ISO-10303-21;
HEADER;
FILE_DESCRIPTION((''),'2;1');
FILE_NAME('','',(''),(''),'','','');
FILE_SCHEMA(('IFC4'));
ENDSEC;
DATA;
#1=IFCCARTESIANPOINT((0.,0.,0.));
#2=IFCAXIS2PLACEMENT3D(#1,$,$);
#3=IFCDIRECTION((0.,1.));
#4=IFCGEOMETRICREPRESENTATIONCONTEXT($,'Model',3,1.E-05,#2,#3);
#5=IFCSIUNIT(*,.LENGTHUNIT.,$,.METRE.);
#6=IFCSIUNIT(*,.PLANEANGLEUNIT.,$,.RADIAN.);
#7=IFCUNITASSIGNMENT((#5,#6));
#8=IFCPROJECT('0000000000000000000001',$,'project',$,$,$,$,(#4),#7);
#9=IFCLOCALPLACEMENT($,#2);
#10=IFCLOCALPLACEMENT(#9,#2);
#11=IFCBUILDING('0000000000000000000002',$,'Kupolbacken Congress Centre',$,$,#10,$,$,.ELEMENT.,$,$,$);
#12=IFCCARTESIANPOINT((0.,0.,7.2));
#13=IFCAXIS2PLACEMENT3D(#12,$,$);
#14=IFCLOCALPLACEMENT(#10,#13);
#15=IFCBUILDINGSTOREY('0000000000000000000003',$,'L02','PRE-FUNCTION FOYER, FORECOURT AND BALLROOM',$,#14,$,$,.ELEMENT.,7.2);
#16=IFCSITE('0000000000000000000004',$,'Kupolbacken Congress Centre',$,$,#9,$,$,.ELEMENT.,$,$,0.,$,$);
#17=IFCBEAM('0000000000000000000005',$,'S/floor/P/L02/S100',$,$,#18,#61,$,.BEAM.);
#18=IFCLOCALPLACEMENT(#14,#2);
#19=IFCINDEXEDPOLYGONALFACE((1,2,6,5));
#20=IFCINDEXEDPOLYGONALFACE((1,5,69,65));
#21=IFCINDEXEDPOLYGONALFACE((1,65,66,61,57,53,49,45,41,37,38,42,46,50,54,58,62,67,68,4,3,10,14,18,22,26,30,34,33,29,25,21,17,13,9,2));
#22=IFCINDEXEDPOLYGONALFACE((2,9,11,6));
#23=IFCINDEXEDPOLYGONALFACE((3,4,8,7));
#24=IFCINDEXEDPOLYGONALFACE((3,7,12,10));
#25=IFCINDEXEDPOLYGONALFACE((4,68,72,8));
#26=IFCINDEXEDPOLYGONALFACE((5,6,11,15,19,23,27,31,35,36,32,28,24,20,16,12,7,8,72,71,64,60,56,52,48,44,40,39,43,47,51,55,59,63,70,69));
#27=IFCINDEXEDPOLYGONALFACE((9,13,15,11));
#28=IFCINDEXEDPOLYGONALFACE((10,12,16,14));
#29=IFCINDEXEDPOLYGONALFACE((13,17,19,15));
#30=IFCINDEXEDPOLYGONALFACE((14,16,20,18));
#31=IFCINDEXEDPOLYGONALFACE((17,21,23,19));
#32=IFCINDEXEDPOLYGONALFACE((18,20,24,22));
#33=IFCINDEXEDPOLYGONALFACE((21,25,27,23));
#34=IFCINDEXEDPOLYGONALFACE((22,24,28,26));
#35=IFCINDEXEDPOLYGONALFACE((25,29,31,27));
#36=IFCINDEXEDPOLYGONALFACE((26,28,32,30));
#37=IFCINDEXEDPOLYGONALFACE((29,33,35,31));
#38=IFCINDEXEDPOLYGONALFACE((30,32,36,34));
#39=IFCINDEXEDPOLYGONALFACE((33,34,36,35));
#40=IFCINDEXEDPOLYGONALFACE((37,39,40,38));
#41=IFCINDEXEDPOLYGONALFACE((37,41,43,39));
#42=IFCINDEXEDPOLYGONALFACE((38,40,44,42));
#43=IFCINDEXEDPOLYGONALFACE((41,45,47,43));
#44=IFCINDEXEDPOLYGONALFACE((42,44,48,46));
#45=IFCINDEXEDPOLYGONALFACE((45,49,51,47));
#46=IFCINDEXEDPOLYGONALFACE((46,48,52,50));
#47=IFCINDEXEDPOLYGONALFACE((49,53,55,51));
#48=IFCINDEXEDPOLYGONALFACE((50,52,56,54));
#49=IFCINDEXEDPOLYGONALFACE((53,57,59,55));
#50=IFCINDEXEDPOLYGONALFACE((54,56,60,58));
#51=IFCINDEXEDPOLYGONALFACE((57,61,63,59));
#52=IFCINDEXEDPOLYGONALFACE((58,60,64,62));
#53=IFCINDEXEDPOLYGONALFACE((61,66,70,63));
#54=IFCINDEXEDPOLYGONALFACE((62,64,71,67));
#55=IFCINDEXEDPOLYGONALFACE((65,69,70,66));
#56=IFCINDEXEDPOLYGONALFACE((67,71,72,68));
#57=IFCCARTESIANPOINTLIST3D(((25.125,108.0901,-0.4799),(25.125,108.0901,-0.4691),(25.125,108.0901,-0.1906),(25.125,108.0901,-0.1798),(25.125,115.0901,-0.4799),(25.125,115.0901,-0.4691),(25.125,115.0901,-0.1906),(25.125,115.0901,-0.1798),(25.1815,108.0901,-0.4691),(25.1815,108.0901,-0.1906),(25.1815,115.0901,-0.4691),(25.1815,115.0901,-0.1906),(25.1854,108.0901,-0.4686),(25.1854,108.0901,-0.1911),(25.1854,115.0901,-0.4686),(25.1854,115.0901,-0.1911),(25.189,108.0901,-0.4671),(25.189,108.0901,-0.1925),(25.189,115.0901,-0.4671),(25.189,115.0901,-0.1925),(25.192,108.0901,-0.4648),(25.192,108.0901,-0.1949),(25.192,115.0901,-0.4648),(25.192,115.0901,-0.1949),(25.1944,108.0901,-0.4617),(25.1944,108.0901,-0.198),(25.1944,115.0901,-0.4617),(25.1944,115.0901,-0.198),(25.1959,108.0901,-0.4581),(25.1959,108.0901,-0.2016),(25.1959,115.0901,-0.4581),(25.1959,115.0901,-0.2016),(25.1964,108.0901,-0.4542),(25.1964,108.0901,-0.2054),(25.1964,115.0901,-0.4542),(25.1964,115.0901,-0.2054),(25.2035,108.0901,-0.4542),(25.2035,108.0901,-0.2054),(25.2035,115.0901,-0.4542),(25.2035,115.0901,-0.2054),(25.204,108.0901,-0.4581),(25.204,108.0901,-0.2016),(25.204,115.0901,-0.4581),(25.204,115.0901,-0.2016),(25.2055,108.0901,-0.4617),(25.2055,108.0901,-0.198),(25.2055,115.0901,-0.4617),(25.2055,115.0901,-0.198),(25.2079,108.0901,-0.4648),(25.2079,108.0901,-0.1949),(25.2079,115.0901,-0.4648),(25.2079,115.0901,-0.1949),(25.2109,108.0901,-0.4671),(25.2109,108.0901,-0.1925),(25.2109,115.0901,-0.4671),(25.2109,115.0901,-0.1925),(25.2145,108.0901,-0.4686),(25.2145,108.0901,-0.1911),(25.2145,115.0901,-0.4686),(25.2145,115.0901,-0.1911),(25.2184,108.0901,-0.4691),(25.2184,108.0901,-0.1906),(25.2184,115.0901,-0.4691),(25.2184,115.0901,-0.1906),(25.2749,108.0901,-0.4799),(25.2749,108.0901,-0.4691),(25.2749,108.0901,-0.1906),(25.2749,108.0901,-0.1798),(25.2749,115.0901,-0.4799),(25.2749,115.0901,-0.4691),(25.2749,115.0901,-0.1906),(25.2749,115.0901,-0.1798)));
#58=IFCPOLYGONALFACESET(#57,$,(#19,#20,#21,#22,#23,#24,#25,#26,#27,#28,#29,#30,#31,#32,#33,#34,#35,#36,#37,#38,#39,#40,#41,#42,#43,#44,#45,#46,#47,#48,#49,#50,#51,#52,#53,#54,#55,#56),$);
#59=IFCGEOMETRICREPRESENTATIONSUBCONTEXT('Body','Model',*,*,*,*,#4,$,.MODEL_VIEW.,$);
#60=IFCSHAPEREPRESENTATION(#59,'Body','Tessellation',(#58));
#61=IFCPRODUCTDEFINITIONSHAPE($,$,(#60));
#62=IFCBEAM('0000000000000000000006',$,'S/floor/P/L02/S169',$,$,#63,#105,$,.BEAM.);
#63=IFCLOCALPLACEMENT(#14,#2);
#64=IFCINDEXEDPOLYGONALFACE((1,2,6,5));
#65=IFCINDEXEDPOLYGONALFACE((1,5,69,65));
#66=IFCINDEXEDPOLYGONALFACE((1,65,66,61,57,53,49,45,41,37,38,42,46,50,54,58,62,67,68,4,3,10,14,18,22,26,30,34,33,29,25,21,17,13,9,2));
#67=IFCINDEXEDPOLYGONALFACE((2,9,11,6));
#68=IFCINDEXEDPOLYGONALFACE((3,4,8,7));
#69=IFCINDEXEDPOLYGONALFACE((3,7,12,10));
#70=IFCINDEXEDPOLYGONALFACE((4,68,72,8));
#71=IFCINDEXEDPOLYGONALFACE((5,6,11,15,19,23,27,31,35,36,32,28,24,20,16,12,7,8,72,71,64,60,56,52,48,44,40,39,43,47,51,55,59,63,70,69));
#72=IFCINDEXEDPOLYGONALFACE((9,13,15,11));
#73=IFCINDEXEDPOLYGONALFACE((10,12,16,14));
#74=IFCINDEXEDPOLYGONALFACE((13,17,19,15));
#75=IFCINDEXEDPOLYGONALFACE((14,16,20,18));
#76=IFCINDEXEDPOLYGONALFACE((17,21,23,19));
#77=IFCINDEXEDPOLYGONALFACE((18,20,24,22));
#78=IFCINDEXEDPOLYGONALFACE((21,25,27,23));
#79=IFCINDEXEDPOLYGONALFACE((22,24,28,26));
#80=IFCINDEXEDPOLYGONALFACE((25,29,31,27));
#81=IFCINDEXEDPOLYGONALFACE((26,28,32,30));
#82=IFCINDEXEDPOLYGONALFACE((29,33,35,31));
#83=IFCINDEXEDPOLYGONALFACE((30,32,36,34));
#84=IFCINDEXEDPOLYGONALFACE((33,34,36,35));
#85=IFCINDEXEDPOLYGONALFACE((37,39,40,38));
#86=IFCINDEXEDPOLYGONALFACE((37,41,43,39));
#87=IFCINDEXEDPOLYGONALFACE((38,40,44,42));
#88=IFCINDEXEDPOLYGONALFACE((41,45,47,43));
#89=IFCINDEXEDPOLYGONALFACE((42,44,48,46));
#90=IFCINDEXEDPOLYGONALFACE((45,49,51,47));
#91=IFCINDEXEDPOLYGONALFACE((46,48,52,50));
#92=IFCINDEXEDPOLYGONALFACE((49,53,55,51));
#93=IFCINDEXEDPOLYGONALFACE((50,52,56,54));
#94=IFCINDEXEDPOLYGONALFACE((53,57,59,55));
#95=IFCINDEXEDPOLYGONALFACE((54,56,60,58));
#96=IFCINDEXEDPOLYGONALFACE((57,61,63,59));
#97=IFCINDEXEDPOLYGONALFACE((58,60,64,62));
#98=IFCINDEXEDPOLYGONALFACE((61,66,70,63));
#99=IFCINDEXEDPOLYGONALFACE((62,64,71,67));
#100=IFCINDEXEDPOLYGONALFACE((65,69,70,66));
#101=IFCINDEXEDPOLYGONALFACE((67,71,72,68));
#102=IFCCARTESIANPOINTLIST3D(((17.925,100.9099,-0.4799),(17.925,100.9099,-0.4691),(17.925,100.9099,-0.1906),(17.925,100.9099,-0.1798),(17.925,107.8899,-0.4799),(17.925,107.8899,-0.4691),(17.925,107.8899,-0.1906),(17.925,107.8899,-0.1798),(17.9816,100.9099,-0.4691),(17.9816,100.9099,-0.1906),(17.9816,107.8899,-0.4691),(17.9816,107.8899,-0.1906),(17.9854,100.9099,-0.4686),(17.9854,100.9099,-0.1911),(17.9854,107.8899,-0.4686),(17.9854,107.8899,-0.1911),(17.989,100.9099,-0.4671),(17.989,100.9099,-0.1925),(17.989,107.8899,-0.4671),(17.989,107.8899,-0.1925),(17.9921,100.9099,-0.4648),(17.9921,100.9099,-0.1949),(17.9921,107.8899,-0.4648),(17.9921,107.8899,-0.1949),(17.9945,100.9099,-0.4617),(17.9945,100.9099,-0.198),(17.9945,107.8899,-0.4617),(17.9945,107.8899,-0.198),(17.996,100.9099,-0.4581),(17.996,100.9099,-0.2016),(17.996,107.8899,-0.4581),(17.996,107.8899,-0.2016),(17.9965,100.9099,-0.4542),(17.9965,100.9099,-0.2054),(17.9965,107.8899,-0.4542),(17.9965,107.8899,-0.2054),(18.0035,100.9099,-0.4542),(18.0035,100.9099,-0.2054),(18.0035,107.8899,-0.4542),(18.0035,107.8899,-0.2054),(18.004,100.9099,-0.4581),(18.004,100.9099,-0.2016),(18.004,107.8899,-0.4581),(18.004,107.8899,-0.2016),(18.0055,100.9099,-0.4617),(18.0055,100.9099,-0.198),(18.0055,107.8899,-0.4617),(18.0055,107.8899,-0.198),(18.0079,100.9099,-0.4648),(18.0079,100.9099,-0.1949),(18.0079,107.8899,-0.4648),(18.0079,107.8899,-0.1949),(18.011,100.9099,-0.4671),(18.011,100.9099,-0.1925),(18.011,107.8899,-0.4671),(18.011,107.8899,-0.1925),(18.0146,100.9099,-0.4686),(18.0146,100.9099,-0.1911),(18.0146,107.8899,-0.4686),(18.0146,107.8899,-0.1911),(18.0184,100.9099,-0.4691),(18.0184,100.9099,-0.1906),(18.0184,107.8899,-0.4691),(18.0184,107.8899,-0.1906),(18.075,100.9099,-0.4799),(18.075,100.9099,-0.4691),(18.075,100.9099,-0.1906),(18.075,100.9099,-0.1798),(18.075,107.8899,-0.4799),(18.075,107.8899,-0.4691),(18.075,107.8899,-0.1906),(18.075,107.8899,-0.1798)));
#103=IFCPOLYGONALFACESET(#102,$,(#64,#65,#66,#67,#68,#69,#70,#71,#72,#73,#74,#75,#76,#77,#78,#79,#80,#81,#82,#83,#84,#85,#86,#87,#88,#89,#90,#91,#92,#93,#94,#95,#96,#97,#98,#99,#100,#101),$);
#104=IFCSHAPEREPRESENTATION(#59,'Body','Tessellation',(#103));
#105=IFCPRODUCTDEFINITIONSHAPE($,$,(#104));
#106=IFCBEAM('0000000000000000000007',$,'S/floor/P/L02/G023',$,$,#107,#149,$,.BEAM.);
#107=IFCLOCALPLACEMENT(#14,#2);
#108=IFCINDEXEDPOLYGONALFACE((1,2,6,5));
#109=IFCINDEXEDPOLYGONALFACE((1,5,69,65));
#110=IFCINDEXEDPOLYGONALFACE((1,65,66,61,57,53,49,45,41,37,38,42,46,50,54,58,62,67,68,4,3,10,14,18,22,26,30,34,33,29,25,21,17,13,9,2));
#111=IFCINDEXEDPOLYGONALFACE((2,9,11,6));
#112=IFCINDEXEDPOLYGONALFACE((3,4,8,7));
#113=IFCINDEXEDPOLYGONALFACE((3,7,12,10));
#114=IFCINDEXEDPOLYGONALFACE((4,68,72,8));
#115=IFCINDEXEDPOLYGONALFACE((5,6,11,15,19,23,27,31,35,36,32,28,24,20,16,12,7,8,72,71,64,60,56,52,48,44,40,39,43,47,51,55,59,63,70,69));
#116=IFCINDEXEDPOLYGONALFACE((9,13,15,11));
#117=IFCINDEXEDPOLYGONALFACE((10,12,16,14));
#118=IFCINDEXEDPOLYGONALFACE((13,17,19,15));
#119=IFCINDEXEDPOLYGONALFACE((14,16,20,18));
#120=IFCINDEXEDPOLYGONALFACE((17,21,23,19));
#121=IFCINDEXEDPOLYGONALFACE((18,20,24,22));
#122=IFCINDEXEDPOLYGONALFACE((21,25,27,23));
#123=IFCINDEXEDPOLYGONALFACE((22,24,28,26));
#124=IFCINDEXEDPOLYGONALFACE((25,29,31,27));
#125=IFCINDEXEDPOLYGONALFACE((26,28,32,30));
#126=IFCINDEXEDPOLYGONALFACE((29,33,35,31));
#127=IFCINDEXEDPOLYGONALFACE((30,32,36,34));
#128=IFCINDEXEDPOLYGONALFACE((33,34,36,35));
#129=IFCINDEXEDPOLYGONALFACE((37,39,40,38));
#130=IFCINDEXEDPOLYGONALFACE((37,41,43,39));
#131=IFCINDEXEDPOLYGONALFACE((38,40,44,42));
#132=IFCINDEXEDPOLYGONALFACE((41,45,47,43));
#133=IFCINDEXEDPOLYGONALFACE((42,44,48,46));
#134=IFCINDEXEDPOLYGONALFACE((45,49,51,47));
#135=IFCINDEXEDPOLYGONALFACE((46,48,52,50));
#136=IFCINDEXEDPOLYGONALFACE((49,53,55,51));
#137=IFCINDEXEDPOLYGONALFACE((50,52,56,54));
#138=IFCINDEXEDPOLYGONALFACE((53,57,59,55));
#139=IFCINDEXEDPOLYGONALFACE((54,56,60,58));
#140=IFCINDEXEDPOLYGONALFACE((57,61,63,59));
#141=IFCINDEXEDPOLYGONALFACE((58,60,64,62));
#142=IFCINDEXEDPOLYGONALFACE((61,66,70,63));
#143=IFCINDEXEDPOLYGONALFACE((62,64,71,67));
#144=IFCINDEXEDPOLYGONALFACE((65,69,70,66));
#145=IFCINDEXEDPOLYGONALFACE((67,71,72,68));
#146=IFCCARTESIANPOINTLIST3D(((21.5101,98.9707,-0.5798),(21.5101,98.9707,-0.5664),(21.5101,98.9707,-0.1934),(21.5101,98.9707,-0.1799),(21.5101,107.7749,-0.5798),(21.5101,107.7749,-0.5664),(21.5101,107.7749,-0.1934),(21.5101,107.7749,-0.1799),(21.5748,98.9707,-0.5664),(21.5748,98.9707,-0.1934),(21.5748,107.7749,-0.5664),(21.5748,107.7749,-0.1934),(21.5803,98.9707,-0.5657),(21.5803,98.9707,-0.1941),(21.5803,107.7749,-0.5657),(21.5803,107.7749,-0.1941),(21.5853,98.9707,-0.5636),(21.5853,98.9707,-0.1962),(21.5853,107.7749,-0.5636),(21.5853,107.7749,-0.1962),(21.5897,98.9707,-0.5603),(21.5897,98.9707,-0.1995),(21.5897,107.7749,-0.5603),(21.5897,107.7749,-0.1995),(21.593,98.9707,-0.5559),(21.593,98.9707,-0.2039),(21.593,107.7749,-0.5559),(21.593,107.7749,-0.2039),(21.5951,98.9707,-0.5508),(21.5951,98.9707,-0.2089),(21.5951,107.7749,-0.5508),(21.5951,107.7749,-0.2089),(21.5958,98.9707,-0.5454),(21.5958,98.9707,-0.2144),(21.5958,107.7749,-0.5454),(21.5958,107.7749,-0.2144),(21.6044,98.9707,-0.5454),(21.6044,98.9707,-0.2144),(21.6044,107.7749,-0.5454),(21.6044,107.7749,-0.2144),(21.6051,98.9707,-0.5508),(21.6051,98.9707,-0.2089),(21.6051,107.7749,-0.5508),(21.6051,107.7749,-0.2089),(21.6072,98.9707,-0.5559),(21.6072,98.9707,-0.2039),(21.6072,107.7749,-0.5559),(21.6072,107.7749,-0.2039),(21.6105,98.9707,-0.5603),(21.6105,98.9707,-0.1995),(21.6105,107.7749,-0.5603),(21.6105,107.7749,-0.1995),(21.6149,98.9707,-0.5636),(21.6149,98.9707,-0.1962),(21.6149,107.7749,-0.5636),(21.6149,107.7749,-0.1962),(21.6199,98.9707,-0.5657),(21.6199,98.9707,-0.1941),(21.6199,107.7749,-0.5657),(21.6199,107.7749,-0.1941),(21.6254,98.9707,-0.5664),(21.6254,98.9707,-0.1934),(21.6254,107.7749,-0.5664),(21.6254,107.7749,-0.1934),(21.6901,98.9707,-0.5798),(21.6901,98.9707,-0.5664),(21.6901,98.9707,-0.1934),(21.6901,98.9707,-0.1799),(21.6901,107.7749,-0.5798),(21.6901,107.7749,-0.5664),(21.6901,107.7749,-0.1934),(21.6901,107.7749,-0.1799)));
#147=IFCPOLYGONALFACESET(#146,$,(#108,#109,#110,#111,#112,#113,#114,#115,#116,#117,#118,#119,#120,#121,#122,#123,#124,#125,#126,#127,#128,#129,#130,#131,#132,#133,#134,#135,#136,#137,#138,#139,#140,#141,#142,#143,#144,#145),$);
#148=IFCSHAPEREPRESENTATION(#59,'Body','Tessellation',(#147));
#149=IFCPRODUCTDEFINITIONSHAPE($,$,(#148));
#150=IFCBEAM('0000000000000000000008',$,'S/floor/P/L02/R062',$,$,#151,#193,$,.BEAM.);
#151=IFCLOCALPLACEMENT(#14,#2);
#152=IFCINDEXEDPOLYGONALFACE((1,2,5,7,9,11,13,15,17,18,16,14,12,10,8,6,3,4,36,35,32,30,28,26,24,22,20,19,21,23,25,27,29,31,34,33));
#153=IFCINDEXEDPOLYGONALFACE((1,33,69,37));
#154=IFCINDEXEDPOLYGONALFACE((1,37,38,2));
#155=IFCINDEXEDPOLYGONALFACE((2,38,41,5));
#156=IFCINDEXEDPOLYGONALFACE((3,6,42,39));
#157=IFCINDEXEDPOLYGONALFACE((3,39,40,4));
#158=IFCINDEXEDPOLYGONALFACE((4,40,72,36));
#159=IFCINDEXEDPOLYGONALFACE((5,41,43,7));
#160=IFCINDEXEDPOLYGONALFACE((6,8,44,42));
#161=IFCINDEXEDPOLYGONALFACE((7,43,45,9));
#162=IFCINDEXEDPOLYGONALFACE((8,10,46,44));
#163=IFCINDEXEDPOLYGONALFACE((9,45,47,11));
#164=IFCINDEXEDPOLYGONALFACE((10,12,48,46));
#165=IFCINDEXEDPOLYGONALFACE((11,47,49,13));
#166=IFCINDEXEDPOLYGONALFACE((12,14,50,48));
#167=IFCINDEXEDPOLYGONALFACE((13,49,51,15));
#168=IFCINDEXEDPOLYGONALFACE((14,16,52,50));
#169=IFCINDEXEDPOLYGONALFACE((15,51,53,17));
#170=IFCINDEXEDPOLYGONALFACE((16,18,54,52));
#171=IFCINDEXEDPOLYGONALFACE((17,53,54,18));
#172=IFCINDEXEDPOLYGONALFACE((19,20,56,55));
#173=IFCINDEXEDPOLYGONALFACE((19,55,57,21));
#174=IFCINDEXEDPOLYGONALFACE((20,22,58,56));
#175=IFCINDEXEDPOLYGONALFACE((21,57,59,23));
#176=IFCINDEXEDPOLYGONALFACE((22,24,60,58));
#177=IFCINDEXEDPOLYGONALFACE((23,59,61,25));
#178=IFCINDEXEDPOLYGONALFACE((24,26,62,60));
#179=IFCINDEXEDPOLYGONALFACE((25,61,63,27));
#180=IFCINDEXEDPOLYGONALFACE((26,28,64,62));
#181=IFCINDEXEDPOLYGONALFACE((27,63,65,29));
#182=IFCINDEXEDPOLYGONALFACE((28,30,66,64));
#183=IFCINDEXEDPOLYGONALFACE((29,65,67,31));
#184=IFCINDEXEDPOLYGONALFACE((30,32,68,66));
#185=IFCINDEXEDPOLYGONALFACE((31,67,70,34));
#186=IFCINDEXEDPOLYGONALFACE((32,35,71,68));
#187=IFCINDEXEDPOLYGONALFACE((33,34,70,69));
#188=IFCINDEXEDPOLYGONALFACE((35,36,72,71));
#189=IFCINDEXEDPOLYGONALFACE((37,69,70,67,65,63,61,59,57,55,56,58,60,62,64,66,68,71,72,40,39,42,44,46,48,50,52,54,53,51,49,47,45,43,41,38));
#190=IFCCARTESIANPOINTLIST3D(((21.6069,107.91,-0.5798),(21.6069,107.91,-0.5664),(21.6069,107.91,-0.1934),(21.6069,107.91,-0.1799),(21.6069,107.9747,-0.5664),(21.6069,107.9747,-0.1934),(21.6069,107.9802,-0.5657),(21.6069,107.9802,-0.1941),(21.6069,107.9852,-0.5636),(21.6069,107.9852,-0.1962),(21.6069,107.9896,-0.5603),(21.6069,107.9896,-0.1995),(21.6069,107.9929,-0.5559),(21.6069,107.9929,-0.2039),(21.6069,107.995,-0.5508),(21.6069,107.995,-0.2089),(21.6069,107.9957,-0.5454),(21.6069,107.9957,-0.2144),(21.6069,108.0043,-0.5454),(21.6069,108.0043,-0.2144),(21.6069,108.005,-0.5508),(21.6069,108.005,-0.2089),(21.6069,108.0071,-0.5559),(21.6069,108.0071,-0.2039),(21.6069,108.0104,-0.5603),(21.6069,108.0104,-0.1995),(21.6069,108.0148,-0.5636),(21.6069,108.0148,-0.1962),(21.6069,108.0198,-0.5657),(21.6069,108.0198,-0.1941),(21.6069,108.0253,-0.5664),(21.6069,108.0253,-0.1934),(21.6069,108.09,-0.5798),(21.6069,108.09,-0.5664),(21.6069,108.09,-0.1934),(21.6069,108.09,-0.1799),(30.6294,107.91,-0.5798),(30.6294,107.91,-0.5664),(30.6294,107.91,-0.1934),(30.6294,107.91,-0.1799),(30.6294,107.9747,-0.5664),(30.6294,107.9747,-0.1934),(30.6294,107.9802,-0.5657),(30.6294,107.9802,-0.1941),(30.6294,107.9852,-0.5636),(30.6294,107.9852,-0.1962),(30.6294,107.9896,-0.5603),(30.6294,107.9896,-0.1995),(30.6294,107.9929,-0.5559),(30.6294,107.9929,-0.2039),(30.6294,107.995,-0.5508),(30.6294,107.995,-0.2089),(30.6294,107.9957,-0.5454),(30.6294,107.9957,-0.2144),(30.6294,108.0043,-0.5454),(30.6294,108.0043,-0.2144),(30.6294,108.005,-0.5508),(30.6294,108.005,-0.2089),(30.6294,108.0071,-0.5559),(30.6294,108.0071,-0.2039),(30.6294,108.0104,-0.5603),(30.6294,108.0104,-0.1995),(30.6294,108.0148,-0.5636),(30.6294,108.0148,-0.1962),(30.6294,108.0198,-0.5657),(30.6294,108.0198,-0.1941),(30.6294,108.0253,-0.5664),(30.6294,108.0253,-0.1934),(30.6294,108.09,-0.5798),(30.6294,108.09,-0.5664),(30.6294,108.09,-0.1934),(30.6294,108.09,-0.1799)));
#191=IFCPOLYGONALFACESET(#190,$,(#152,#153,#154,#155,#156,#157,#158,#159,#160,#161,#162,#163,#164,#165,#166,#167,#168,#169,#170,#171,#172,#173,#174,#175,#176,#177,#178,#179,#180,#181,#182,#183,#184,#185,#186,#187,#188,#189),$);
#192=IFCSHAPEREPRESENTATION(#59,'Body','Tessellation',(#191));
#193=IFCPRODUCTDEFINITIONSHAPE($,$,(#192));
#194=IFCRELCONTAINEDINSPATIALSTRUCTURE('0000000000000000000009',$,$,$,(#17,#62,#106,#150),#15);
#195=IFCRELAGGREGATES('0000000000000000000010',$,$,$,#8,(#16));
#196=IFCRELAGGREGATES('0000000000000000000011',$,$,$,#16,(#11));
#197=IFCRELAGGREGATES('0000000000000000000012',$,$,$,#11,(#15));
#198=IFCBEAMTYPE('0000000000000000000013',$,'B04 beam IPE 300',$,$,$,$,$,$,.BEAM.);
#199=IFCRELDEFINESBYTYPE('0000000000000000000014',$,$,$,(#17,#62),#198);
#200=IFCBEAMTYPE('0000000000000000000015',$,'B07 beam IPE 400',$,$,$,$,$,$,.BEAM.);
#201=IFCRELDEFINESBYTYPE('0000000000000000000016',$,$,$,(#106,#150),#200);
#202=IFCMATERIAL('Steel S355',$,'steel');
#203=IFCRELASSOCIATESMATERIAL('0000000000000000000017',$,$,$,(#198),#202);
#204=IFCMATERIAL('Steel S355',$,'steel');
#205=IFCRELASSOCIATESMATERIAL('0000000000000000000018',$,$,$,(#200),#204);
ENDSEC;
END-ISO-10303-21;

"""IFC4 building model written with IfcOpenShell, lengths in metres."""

from ifc_helpers import new_model, si_unit, direction, frame, origin, origin_2d, place, context, subcontext, project, spatial, i_section, extrude, material, material_profile, profile_set, type_object, element, save


model = new_model("IFC4")

# Units and contexts
model_context = context("Model", 3, precision=1e-05, world=origin(), true_north=direction((0.0, 1.0)))
body_context = subcontext(model_context, "Body", "Model", "MODEL_VIEW")
ifc_project = project(units=[si_unit("LENGTHUNIT", "METRE"), si_unit("PLANEANGLEUNIT", "RADIAN")], contexts=[model_context])

# Site, building, storey
site_placement = place(None, origin())
site = spatial("IfcSite", under=ifc_project, at=site_placement, Name="Kupolbacken Congress Centre", CompositionType="ELEMENT", RefElevation=0.0)
building_placement = place(site_placement, origin())
building = spatial("IfcBuilding", under=site, at=building_placement, Name="Kupolbacken Congress Centre", CompositionType="ELEMENT")
storey_placement = place(building_placement, frame((0.0, 0.0, 7.2)))
storey = spatial("IfcBuildingStorey", under=building, at=storey_placement, Name="L02", Description="PRE-FUNCTION FOYER, FORECOURT AND BALLROOM", CompositionType="ELEMENT", Elevation=7.2)

# Beams
ifc_material_1 = material(Name="Steel S355", Category="steel")
ifc_material_profile_1 = material_profile(ifc_material_1, i_section(OverallWidth=0.1499, OverallDepth=0.3, WebThickness=0.0071, FlangeThickness=0.0107, FilletRadius=0.0149, at=origin_2d()), Name="IPE 300")
ifc_profile_set_1 = profile_set([ifc_material_profile_1], Name="Steel S355")
beam_type_1 = type_object("IfcBeamType", Name="B04 beam IPE 300", PredefinedType="BEAM", material=ifc_profile_set_1)
beam_1_placement = place(storey_placement, frame((25.2, 108.0901, -0.3298), z_axis=(0.0, 1.0, 0.0), x_axis=(-1.0, 0.0, 0.0)))
element("IfcBeam", 1, at=beam_1_placement, inside=storey, type_object=beam_type_1, Name="S/floor/P/L02/S100", PredefinedType="BEAM", context=body_context, shape_type="SweptSolid", body=[
    extrude(i_section(OverallWidth=0.1499, OverallDepth=0.3, WebThickness=0.0071, FlangeThickness=0.0107, FilletRadius=0.0149, at=origin_2d()), origin(), (0.0, 0.0, 1.0), 7.0),
])
beam_2_placement = place(storey_placement, frame((18.0, 100.9099, -0.3298), z_axis=(0.0, 1.0, 0.0), x_axis=(-1.0, 0.0, 0.0)))
element("IfcBeam", 2, at=beam_2_placement, inside=storey, type_object=beam_type_1, Name="S/floor/P/L02/S169", PredefinedType="BEAM", context=body_context, shape_type="SweptSolid", body=[
    extrude(i_section(OverallWidth=0.1499, OverallDepth=0.3, WebThickness=0.0071, FlangeThickness=0.0107, FilletRadius=0.0149, at=origin_2d()), origin(), (0.0, 0.0, 1.0), 6.98),
])
ifc_material_2 = material(Name="Steel S355", Category="steel")
ifc_material_profile_2 = material_profile(ifc_material_2, i_section(OverallWidth=0.1799, OverallDepth=0.3999, WebThickness=0.0085, FlangeThickness=0.0134, FilletRadius=0.021, at=origin_2d()), Name="IPE 400")
ifc_profile_set_2 = profile_set([ifc_material_profile_2], Name="Steel S355")
beam_type_2 = type_object("IfcBeamType", Name="B07 beam IPE 400", PredefinedType="BEAM", material=ifc_profile_set_2)
beam_3_placement = place(storey_placement, frame((21.6001, 98.9707, -0.3799), z_axis=(0.0, 1.0, 0.0), x_axis=(-1.0, 0.0, 0.0)))
element("IfcBeam", 3, at=beam_3_placement, inside=storey, type_object=beam_type_2, Name="S/floor/P/L02/G023", PredefinedType="BEAM", context=body_context, shape_type="SweptSolid", body=[
    extrude(i_section(OverallWidth=0.1799, OverallDepth=0.3999, WebThickness=0.0085, FlangeThickness=0.0134, FilletRadius=0.021, at=origin_2d()), origin(), (0.0, 0.0, 1.0), 8.8042),
])
beam_4_placement = place(storey_placement, frame((21.6069, 108.0, -0.3799), z_axis=(1.0, 0.0, 0.0), x_axis=(0.0, 1.0, 0.0)))
element("IfcBeam", 4, at=beam_4_placement, inside=storey, type_object=beam_type_2, Name="S/floor/P/L02/R062", PredefinedType="BEAM", context=body_context, shape_type="SweptSolid", body=[
    extrude(i_section(OverallWidth=0.1799, OverallDepth=0.3999, WebThickness=0.0085, FlangeThickness=0.0134, FilletRadius=0.021, at=origin_2d()), origin(), (0.0, 0.0, 1.0), 9.0225),
])

save(model, "model.ifc")
